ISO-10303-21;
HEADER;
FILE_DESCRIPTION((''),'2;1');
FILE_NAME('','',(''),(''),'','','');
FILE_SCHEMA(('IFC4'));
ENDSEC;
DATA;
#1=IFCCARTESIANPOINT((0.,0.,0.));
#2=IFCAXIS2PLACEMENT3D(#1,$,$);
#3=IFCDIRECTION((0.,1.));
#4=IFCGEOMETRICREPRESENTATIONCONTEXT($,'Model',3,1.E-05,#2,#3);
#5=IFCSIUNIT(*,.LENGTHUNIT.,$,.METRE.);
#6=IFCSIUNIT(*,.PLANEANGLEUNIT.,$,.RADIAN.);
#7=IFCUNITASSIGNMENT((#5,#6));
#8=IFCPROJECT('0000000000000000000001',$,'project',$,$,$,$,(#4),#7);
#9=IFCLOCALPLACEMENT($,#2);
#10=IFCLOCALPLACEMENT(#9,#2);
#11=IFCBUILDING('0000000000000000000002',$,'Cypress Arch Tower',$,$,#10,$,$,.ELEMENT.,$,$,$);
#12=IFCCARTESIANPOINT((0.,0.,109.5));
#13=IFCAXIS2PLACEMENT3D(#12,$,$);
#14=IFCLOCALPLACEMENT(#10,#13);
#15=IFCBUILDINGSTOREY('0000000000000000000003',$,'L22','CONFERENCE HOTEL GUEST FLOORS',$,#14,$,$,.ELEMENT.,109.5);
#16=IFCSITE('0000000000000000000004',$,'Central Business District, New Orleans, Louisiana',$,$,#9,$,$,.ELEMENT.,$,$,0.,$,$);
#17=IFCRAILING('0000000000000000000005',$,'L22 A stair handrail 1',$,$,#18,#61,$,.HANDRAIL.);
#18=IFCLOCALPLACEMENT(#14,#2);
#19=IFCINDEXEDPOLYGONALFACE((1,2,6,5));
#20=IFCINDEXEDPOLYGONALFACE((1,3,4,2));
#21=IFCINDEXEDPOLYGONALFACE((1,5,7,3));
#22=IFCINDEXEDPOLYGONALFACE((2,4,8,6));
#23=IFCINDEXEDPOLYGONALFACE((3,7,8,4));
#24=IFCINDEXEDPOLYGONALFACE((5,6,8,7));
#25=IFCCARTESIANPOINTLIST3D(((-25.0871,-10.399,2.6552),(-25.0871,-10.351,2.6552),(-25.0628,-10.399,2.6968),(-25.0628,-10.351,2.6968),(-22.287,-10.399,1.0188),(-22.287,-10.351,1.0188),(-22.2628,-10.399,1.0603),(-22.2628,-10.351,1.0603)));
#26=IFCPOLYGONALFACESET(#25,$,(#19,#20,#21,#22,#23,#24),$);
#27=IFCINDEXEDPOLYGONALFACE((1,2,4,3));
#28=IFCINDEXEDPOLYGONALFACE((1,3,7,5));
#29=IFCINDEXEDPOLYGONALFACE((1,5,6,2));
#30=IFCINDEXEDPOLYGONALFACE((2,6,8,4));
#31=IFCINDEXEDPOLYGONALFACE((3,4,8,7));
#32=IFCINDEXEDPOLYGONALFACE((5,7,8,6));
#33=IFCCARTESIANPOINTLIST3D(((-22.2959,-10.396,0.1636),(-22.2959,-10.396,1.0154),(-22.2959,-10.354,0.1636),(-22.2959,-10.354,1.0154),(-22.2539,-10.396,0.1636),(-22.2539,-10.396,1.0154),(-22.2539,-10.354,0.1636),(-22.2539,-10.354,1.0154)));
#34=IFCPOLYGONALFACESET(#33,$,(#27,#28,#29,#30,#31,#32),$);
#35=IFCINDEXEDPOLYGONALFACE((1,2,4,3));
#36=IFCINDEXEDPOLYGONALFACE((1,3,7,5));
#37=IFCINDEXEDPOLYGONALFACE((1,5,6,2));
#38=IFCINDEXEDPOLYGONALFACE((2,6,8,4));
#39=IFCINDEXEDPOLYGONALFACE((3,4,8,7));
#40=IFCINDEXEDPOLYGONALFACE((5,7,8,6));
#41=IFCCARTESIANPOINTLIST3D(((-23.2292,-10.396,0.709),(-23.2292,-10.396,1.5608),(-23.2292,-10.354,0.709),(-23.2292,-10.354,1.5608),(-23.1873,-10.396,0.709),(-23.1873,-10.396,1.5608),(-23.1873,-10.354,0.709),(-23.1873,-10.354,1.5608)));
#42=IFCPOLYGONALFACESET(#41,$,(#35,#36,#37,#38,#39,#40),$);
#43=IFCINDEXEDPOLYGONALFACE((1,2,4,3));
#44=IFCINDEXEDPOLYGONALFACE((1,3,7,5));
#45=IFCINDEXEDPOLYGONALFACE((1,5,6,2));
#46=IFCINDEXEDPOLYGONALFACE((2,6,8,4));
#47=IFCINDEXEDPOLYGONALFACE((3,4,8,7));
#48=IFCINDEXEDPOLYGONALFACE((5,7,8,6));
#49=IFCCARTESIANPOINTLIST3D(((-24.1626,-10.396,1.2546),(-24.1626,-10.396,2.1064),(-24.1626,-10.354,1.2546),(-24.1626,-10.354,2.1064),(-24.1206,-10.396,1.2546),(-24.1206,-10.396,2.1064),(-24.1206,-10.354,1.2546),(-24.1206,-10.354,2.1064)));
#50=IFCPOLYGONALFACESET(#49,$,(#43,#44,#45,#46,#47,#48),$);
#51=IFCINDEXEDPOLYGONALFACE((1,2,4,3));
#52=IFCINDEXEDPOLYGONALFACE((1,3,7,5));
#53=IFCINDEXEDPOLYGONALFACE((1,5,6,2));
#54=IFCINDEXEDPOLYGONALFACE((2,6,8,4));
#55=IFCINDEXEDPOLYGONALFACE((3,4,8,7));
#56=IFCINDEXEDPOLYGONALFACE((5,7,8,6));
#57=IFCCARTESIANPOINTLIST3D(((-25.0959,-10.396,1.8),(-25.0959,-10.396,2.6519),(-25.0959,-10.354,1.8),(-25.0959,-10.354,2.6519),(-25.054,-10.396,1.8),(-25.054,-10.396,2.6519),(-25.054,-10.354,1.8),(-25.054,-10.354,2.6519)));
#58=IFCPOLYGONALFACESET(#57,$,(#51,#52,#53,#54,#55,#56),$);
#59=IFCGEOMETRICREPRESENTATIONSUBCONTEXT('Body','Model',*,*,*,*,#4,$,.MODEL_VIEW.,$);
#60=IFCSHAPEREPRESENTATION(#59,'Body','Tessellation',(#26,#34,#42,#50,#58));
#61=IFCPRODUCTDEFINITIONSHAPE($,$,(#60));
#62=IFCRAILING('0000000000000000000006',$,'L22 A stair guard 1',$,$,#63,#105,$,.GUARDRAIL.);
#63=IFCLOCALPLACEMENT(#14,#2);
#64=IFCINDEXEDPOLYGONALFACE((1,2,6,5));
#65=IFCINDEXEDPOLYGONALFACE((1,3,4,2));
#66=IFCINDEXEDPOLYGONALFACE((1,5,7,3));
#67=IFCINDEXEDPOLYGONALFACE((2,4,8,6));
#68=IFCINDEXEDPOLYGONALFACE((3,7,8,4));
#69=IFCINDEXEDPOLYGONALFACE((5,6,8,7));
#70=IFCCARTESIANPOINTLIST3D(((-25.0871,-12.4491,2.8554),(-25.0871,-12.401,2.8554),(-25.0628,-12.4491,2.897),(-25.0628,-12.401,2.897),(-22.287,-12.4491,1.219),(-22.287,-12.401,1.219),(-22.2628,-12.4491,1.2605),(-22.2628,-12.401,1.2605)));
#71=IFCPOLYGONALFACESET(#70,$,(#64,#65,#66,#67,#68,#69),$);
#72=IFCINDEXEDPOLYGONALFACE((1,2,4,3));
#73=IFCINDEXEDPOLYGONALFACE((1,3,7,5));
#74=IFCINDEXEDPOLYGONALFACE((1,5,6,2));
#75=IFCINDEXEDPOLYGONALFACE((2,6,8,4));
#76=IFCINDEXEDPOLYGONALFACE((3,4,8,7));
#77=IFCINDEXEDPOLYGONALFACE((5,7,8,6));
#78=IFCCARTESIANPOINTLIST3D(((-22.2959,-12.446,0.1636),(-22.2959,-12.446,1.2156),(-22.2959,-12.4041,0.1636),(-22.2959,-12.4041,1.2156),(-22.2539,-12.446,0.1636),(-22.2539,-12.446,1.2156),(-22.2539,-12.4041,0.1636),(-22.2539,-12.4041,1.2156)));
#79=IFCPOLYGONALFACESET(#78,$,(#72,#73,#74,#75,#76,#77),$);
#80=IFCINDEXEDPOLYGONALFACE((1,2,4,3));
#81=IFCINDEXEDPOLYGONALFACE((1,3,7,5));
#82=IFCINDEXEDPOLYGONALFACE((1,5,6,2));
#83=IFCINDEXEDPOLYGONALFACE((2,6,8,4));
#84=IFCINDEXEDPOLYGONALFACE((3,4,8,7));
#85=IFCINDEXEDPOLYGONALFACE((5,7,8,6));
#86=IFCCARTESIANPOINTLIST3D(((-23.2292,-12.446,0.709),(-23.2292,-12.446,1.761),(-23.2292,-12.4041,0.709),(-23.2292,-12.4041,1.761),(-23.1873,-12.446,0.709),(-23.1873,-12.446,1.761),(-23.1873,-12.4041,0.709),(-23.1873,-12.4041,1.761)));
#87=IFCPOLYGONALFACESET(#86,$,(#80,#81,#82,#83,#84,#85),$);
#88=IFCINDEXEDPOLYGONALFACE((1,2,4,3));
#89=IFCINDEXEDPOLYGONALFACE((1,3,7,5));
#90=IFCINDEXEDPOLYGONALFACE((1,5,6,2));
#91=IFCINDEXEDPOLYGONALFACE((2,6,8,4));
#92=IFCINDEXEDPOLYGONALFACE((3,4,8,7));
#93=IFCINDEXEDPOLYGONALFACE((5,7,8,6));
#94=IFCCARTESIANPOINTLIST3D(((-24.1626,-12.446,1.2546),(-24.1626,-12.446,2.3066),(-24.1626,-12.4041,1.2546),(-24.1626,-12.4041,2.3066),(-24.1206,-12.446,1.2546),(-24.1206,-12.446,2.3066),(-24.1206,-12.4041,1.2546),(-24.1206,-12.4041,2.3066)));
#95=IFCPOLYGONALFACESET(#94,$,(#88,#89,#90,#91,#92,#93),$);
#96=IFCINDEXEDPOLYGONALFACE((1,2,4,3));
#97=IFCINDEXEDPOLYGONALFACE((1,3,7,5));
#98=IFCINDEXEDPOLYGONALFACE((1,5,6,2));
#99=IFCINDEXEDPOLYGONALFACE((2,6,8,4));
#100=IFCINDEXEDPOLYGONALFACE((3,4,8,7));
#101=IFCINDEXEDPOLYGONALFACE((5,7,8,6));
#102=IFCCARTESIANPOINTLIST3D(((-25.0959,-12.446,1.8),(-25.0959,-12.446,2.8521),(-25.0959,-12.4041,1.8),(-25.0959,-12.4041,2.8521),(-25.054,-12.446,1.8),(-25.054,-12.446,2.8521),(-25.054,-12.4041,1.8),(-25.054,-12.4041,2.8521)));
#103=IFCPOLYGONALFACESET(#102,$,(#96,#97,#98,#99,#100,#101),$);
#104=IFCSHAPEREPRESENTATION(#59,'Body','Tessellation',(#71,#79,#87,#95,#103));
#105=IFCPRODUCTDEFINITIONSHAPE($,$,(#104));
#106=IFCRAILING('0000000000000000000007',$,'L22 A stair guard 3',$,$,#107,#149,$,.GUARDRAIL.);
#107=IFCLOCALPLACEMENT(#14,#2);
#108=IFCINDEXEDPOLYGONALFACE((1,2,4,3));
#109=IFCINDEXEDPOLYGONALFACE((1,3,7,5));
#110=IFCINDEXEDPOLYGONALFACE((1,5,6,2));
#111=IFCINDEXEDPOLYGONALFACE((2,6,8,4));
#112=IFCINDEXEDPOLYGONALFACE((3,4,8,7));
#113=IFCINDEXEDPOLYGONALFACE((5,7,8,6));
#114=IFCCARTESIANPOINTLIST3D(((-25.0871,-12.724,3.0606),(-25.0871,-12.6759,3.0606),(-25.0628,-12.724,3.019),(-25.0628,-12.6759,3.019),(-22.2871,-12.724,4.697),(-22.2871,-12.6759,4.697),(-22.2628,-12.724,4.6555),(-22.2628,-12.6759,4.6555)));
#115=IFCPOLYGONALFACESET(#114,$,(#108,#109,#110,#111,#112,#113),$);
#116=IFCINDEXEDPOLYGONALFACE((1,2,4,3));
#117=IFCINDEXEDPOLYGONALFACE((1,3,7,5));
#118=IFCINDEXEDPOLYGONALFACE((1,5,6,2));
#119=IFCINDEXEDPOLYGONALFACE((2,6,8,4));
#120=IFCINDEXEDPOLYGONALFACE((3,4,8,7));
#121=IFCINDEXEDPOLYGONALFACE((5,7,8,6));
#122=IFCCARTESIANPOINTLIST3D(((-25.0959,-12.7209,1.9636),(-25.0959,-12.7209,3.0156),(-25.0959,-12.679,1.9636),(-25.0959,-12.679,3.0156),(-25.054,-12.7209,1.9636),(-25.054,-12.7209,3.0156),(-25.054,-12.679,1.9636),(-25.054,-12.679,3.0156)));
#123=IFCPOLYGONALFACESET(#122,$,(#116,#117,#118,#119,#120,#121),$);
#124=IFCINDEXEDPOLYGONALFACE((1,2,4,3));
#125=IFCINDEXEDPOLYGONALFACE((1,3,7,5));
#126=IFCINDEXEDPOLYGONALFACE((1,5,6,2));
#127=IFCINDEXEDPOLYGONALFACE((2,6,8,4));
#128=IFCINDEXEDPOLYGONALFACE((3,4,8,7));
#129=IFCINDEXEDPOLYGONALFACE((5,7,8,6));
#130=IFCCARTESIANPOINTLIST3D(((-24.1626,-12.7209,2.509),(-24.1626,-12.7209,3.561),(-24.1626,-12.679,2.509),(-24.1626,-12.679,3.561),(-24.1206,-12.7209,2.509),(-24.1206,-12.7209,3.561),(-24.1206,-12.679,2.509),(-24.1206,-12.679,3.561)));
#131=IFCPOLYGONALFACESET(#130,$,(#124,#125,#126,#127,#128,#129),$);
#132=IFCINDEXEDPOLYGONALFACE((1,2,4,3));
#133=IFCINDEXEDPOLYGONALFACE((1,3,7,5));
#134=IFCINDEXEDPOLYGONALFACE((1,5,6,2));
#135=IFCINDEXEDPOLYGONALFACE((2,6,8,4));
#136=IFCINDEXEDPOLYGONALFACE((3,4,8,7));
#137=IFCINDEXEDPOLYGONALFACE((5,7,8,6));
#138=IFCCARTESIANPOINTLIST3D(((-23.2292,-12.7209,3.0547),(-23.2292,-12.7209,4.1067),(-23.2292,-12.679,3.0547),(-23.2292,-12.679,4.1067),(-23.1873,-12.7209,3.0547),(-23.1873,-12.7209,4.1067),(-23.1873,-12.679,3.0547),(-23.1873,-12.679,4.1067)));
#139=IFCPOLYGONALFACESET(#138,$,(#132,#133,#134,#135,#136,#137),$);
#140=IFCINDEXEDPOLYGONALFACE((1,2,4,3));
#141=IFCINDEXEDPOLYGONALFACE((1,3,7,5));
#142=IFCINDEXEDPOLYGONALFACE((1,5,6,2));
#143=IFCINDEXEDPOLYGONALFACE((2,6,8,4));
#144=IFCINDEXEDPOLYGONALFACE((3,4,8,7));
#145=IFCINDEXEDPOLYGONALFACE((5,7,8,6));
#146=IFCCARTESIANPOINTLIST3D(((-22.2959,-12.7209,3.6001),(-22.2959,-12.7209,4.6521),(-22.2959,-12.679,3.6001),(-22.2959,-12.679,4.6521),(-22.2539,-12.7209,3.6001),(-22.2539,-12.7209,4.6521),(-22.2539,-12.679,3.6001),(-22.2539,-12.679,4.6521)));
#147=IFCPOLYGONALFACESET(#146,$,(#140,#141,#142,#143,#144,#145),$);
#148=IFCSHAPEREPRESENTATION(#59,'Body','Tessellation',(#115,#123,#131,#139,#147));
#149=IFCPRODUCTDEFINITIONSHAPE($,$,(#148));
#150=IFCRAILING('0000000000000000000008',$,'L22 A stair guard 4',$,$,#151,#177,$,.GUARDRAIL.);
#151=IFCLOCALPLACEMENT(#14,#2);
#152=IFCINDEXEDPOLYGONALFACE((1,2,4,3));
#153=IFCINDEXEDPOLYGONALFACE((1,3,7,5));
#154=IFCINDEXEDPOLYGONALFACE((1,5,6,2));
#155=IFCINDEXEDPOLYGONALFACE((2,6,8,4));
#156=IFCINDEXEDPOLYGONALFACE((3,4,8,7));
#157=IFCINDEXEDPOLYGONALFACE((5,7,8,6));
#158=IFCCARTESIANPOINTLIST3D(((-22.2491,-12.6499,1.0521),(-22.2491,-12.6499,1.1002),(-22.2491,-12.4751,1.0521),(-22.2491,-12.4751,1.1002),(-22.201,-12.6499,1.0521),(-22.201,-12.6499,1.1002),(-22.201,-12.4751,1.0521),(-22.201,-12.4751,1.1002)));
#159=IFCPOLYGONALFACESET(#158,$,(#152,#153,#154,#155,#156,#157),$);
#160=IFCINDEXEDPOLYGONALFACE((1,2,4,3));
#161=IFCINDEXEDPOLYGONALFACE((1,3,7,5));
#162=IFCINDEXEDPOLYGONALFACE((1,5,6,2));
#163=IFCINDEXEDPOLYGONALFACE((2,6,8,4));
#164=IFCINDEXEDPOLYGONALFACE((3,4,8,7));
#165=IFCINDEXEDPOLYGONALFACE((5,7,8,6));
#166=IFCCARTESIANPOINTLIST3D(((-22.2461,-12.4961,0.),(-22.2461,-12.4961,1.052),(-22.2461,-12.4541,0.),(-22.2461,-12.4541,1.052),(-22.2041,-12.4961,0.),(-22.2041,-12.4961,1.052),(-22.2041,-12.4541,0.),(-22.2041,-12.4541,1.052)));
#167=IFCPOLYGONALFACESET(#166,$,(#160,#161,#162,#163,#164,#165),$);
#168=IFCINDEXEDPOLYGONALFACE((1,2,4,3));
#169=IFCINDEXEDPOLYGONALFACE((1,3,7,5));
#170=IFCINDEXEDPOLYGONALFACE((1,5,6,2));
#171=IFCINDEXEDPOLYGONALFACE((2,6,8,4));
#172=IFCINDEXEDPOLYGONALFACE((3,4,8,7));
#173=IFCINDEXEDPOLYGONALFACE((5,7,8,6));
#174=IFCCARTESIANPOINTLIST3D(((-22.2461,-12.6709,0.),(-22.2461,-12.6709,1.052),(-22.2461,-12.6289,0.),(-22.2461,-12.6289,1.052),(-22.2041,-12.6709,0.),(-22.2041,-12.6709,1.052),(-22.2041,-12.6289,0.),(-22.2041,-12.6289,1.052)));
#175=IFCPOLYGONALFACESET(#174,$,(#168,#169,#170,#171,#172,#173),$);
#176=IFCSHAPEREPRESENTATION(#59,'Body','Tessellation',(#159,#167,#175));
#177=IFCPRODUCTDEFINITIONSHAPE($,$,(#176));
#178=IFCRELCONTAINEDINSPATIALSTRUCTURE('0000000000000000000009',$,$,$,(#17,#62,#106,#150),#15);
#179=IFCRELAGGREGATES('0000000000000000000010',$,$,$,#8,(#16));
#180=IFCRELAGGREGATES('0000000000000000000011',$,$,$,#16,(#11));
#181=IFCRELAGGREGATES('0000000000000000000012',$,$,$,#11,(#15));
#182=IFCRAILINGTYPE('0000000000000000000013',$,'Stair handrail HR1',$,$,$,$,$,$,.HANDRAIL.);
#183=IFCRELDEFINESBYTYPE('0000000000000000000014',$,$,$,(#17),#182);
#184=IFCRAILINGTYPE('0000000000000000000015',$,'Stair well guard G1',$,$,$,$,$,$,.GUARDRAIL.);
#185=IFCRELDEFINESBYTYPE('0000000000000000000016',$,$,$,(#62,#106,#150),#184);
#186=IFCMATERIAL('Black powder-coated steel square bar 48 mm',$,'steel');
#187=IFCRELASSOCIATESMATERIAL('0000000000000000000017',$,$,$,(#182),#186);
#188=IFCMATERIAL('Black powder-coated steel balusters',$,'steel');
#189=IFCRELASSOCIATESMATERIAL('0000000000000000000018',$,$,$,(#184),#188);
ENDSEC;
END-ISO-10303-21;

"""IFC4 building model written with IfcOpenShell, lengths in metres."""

from ifc_helpers import new_model, si_unit, direction, frame, origin, origin_2d, place, context, subcontext, project, spatial, rectangle, extrude, material, type_object, element, save


model = new_model("IFC4")

# Units and contexts
model_context = context("Model", 3, precision=1e-05, world=origin(), true_north=direction((0.0, 1.0)))
body_context = subcontext(model_context, "Body", "Model", "MODEL_VIEW")
ifc_project = project(units=[si_unit("LENGTHUNIT", "METRE"), si_unit("PLANEANGLEUNIT", "RADIAN")], contexts=[model_context])

# Site, building, storey
site_placement = place(None, origin())
site = spatial("IfcSite", under=ifc_project, at=site_placement, Name="Central Business District, New Orleans, Louisiana", CompositionType="ELEMENT", RefElevation=0.0)
building_placement = place(site_placement, origin())
building = spatial("IfcBuilding", under=site, at=building_placement, Name="Cypress Arch Tower", CompositionType="ELEMENT")
storey_placement = place(building_placement, frame((0.0, 0.0, 109.5)))
storey = spatial("IfcBuildingStorey", under=building, at=storey_placement, Name="L22", Description="CONFERENCE HOTEL GUEST FLOORS", CompositionType="ELEMENT", Elevation=109.5)

# Railings
ifc_material_1 = material(Name="Black powder-coated steel square bar 48 mm", Category="steel")
railing_type_1 = type_object("IfcRailingType", Name="Stair handrail HR1", PredefinedType="HANDRAIL", material=ifc_material_1)
railing_1_placement = place(storey_placement, frame((-22.2749, -10.375, 0.1636)))
element("IfcRailing", 1, at=railing_1_placement, inside=storey, type_object=railing_type_1, Name="L22 A stair handrail 1", PredefinedType="HANDRAIL", context=body_context, shape_type="SweptSolid", body=[
    extrude(rectangle(XDim=0.0481, YDim=0.0481, at=origin_2d()), frame((0.0, 0.0, 0.876), z_axis=(-0.863361, 0.0, 0.504587), x_axis=(0.0, -1.0, 0.0)), (0.0, 0.0, 1.0), 3.2432),
    extrude(rectangle(XDim=0.042, YDim=0.042, at=origin_2d()), origin(), (0.0, 0.0, 1.0), 0.8518),
    extrude(rectangle(XDim=0.042, YDim=0.042, at=origin_2d()), frame((-0.9333, 0.0, 0.5454)), (0.0, 0.0, 1.0), 0.8518),
    extrude(rectangle(XDim=0.042, YDim=0.042, at=origin_2d()), frame((-1.8667, 0.0, 1.0911)), (0.0, 0.0, 1.0), 0.8518),
    extrude(rectangle(XDim=0.042, YDim=0.042, at=origin_2d()), frame((-2.8, 0.0, 1.6365)), (0.0, 0.0, 1.0), 0.8518),
])
ifc_material_2 = material(Name="Black powder-coated steel balusters", Category="steel")
railing_type_2 = type_object("IfcRailingType", Name="Stair well guard G1", PredefinedType="GUARDRAIL", material=ifc_material_2)
railing_2_placement = place(storey_placement, frame((-22.2749, -12.425, 0.1636)))
element("IfcRailing", 2, at=railing_2_placement, inside=storey, type_object=railing_type_2, Name="L22 A stair guard 1", PredefinedType="GUARDRAIL", context=body_context, shape_type="SweptSolid", body=[
    extrude(rectangle(XDim=0.0481, YDim=0.0481, at=origin_2d()), frame((0.0, 0.0, 1.0762), z_axis=(-0.863361, 0.0, 0.504587), x_axis=(0.0, -1.0, 0.0)), (0.0, 0.0, 1.0), 3.2432),
    extrude(rectangle(XDim=0.042, YDim=0.042, at=origin_2d()), origin(), (0.0, 0.0, 1.0), 1.052),
    extrude(rectangle(XDim=0.042, YDim=0.042, at=origin_2d()), frame((-0.9333, 0.0, 0.5454)), (0.0, 0.0, 1.0), 1.052),
    extrude(rectangle(XDim=0.042, YDim=0.042, at=origin_2d()), frame((-1.8667, 0.0, 1.0911)), (0.0, 0.0, 1.0), 1.052),
    extrude(rectangle(XDim=0.042, YDim=0.042, at=origin_2d()), frame((-2.8, 0.0, 1.6365)), (0.0, 0.0, 1.0), 1.052),
])
railing_3_placement = place(storey_placement, frame((-25.075, -12.7, 1.9636)))
element("IfcRailing", 3, at=railing_3_placement, inside=storey, type_object=railing_type_2, Name="L22 A stair guard 3", PredefinedType="GUARDRAIL", context=body_context, shape_type="SweptSolid", body=[
    extrude(rectangle(XDim=0.0481, YDim=0.0481, at=origin_2d()), frame((0.0, 0.0, 1.0762), z_axis=(0.863361, 0.0, 0.504587), x_axis=(0.0, 1.0, 0.0)), (0.0, 0.0, 1.0), 3.2432),
    extrude(rectangle(XDim=0.042, YDim=0.042, at=origin_2d()), origin(), (0.0, 0.0, 1.0), 1.052),
    extrude(rectangle(XDim=0.042, YDim=0.042, at=origin_2d()), frame((0.9333, 0.0, 0.5454)), (0.0, 0.0, 1.0), 1.052),
    extrude(rectangle(XDim=0.042, YDim=0.042, at=origin_2d()), frame((1.8667, 0.0, 1.0911)), (0.0, 0.0, 1.0), 1.052),
    extrude(rectangle(XDim=0.042, YDim=0.042, at=origin_2d()), frame((2.8, 0.0, 1.6365)), (0.0, 0.0, 1.0), 1.052),
])
railing_4_placement = place(storey_placement, frame((-22.2251, -12.4751, 0.0)))
element("IfcRailing", 4, at=railing_4_placement, inside=storey, type_object=railing_type_2, Name="L22 A stair guard 4", PredefinedType="GUARDRAIL", context=body_context, shape_type="SweptSolid", body=[
    extrude(rectangle(XDim=0.0481, YDim=0.0481, at=origin_2d()), frame((0.0, 0.0, 1.0762), z_axis=(0.0, -1.0, 0.0), x_axis=(1.0, 0.0, 0.0)), (0.0, 0.0, 1.0), 0.1748),
    extrude(rectangle(XDim=0.042, YDim=0.042, at=origin_2d()), origin(), (0.0, 0.0, 1.0), 1.052),
    extrude(rectangle(XDim=0.042, YDim=0.042, at=origin_2d()), frame((0.0, -0.1748, 0.0)), (0.0, 0.0, 1.0), 1.052),
])

save(model, "model.ifc")
